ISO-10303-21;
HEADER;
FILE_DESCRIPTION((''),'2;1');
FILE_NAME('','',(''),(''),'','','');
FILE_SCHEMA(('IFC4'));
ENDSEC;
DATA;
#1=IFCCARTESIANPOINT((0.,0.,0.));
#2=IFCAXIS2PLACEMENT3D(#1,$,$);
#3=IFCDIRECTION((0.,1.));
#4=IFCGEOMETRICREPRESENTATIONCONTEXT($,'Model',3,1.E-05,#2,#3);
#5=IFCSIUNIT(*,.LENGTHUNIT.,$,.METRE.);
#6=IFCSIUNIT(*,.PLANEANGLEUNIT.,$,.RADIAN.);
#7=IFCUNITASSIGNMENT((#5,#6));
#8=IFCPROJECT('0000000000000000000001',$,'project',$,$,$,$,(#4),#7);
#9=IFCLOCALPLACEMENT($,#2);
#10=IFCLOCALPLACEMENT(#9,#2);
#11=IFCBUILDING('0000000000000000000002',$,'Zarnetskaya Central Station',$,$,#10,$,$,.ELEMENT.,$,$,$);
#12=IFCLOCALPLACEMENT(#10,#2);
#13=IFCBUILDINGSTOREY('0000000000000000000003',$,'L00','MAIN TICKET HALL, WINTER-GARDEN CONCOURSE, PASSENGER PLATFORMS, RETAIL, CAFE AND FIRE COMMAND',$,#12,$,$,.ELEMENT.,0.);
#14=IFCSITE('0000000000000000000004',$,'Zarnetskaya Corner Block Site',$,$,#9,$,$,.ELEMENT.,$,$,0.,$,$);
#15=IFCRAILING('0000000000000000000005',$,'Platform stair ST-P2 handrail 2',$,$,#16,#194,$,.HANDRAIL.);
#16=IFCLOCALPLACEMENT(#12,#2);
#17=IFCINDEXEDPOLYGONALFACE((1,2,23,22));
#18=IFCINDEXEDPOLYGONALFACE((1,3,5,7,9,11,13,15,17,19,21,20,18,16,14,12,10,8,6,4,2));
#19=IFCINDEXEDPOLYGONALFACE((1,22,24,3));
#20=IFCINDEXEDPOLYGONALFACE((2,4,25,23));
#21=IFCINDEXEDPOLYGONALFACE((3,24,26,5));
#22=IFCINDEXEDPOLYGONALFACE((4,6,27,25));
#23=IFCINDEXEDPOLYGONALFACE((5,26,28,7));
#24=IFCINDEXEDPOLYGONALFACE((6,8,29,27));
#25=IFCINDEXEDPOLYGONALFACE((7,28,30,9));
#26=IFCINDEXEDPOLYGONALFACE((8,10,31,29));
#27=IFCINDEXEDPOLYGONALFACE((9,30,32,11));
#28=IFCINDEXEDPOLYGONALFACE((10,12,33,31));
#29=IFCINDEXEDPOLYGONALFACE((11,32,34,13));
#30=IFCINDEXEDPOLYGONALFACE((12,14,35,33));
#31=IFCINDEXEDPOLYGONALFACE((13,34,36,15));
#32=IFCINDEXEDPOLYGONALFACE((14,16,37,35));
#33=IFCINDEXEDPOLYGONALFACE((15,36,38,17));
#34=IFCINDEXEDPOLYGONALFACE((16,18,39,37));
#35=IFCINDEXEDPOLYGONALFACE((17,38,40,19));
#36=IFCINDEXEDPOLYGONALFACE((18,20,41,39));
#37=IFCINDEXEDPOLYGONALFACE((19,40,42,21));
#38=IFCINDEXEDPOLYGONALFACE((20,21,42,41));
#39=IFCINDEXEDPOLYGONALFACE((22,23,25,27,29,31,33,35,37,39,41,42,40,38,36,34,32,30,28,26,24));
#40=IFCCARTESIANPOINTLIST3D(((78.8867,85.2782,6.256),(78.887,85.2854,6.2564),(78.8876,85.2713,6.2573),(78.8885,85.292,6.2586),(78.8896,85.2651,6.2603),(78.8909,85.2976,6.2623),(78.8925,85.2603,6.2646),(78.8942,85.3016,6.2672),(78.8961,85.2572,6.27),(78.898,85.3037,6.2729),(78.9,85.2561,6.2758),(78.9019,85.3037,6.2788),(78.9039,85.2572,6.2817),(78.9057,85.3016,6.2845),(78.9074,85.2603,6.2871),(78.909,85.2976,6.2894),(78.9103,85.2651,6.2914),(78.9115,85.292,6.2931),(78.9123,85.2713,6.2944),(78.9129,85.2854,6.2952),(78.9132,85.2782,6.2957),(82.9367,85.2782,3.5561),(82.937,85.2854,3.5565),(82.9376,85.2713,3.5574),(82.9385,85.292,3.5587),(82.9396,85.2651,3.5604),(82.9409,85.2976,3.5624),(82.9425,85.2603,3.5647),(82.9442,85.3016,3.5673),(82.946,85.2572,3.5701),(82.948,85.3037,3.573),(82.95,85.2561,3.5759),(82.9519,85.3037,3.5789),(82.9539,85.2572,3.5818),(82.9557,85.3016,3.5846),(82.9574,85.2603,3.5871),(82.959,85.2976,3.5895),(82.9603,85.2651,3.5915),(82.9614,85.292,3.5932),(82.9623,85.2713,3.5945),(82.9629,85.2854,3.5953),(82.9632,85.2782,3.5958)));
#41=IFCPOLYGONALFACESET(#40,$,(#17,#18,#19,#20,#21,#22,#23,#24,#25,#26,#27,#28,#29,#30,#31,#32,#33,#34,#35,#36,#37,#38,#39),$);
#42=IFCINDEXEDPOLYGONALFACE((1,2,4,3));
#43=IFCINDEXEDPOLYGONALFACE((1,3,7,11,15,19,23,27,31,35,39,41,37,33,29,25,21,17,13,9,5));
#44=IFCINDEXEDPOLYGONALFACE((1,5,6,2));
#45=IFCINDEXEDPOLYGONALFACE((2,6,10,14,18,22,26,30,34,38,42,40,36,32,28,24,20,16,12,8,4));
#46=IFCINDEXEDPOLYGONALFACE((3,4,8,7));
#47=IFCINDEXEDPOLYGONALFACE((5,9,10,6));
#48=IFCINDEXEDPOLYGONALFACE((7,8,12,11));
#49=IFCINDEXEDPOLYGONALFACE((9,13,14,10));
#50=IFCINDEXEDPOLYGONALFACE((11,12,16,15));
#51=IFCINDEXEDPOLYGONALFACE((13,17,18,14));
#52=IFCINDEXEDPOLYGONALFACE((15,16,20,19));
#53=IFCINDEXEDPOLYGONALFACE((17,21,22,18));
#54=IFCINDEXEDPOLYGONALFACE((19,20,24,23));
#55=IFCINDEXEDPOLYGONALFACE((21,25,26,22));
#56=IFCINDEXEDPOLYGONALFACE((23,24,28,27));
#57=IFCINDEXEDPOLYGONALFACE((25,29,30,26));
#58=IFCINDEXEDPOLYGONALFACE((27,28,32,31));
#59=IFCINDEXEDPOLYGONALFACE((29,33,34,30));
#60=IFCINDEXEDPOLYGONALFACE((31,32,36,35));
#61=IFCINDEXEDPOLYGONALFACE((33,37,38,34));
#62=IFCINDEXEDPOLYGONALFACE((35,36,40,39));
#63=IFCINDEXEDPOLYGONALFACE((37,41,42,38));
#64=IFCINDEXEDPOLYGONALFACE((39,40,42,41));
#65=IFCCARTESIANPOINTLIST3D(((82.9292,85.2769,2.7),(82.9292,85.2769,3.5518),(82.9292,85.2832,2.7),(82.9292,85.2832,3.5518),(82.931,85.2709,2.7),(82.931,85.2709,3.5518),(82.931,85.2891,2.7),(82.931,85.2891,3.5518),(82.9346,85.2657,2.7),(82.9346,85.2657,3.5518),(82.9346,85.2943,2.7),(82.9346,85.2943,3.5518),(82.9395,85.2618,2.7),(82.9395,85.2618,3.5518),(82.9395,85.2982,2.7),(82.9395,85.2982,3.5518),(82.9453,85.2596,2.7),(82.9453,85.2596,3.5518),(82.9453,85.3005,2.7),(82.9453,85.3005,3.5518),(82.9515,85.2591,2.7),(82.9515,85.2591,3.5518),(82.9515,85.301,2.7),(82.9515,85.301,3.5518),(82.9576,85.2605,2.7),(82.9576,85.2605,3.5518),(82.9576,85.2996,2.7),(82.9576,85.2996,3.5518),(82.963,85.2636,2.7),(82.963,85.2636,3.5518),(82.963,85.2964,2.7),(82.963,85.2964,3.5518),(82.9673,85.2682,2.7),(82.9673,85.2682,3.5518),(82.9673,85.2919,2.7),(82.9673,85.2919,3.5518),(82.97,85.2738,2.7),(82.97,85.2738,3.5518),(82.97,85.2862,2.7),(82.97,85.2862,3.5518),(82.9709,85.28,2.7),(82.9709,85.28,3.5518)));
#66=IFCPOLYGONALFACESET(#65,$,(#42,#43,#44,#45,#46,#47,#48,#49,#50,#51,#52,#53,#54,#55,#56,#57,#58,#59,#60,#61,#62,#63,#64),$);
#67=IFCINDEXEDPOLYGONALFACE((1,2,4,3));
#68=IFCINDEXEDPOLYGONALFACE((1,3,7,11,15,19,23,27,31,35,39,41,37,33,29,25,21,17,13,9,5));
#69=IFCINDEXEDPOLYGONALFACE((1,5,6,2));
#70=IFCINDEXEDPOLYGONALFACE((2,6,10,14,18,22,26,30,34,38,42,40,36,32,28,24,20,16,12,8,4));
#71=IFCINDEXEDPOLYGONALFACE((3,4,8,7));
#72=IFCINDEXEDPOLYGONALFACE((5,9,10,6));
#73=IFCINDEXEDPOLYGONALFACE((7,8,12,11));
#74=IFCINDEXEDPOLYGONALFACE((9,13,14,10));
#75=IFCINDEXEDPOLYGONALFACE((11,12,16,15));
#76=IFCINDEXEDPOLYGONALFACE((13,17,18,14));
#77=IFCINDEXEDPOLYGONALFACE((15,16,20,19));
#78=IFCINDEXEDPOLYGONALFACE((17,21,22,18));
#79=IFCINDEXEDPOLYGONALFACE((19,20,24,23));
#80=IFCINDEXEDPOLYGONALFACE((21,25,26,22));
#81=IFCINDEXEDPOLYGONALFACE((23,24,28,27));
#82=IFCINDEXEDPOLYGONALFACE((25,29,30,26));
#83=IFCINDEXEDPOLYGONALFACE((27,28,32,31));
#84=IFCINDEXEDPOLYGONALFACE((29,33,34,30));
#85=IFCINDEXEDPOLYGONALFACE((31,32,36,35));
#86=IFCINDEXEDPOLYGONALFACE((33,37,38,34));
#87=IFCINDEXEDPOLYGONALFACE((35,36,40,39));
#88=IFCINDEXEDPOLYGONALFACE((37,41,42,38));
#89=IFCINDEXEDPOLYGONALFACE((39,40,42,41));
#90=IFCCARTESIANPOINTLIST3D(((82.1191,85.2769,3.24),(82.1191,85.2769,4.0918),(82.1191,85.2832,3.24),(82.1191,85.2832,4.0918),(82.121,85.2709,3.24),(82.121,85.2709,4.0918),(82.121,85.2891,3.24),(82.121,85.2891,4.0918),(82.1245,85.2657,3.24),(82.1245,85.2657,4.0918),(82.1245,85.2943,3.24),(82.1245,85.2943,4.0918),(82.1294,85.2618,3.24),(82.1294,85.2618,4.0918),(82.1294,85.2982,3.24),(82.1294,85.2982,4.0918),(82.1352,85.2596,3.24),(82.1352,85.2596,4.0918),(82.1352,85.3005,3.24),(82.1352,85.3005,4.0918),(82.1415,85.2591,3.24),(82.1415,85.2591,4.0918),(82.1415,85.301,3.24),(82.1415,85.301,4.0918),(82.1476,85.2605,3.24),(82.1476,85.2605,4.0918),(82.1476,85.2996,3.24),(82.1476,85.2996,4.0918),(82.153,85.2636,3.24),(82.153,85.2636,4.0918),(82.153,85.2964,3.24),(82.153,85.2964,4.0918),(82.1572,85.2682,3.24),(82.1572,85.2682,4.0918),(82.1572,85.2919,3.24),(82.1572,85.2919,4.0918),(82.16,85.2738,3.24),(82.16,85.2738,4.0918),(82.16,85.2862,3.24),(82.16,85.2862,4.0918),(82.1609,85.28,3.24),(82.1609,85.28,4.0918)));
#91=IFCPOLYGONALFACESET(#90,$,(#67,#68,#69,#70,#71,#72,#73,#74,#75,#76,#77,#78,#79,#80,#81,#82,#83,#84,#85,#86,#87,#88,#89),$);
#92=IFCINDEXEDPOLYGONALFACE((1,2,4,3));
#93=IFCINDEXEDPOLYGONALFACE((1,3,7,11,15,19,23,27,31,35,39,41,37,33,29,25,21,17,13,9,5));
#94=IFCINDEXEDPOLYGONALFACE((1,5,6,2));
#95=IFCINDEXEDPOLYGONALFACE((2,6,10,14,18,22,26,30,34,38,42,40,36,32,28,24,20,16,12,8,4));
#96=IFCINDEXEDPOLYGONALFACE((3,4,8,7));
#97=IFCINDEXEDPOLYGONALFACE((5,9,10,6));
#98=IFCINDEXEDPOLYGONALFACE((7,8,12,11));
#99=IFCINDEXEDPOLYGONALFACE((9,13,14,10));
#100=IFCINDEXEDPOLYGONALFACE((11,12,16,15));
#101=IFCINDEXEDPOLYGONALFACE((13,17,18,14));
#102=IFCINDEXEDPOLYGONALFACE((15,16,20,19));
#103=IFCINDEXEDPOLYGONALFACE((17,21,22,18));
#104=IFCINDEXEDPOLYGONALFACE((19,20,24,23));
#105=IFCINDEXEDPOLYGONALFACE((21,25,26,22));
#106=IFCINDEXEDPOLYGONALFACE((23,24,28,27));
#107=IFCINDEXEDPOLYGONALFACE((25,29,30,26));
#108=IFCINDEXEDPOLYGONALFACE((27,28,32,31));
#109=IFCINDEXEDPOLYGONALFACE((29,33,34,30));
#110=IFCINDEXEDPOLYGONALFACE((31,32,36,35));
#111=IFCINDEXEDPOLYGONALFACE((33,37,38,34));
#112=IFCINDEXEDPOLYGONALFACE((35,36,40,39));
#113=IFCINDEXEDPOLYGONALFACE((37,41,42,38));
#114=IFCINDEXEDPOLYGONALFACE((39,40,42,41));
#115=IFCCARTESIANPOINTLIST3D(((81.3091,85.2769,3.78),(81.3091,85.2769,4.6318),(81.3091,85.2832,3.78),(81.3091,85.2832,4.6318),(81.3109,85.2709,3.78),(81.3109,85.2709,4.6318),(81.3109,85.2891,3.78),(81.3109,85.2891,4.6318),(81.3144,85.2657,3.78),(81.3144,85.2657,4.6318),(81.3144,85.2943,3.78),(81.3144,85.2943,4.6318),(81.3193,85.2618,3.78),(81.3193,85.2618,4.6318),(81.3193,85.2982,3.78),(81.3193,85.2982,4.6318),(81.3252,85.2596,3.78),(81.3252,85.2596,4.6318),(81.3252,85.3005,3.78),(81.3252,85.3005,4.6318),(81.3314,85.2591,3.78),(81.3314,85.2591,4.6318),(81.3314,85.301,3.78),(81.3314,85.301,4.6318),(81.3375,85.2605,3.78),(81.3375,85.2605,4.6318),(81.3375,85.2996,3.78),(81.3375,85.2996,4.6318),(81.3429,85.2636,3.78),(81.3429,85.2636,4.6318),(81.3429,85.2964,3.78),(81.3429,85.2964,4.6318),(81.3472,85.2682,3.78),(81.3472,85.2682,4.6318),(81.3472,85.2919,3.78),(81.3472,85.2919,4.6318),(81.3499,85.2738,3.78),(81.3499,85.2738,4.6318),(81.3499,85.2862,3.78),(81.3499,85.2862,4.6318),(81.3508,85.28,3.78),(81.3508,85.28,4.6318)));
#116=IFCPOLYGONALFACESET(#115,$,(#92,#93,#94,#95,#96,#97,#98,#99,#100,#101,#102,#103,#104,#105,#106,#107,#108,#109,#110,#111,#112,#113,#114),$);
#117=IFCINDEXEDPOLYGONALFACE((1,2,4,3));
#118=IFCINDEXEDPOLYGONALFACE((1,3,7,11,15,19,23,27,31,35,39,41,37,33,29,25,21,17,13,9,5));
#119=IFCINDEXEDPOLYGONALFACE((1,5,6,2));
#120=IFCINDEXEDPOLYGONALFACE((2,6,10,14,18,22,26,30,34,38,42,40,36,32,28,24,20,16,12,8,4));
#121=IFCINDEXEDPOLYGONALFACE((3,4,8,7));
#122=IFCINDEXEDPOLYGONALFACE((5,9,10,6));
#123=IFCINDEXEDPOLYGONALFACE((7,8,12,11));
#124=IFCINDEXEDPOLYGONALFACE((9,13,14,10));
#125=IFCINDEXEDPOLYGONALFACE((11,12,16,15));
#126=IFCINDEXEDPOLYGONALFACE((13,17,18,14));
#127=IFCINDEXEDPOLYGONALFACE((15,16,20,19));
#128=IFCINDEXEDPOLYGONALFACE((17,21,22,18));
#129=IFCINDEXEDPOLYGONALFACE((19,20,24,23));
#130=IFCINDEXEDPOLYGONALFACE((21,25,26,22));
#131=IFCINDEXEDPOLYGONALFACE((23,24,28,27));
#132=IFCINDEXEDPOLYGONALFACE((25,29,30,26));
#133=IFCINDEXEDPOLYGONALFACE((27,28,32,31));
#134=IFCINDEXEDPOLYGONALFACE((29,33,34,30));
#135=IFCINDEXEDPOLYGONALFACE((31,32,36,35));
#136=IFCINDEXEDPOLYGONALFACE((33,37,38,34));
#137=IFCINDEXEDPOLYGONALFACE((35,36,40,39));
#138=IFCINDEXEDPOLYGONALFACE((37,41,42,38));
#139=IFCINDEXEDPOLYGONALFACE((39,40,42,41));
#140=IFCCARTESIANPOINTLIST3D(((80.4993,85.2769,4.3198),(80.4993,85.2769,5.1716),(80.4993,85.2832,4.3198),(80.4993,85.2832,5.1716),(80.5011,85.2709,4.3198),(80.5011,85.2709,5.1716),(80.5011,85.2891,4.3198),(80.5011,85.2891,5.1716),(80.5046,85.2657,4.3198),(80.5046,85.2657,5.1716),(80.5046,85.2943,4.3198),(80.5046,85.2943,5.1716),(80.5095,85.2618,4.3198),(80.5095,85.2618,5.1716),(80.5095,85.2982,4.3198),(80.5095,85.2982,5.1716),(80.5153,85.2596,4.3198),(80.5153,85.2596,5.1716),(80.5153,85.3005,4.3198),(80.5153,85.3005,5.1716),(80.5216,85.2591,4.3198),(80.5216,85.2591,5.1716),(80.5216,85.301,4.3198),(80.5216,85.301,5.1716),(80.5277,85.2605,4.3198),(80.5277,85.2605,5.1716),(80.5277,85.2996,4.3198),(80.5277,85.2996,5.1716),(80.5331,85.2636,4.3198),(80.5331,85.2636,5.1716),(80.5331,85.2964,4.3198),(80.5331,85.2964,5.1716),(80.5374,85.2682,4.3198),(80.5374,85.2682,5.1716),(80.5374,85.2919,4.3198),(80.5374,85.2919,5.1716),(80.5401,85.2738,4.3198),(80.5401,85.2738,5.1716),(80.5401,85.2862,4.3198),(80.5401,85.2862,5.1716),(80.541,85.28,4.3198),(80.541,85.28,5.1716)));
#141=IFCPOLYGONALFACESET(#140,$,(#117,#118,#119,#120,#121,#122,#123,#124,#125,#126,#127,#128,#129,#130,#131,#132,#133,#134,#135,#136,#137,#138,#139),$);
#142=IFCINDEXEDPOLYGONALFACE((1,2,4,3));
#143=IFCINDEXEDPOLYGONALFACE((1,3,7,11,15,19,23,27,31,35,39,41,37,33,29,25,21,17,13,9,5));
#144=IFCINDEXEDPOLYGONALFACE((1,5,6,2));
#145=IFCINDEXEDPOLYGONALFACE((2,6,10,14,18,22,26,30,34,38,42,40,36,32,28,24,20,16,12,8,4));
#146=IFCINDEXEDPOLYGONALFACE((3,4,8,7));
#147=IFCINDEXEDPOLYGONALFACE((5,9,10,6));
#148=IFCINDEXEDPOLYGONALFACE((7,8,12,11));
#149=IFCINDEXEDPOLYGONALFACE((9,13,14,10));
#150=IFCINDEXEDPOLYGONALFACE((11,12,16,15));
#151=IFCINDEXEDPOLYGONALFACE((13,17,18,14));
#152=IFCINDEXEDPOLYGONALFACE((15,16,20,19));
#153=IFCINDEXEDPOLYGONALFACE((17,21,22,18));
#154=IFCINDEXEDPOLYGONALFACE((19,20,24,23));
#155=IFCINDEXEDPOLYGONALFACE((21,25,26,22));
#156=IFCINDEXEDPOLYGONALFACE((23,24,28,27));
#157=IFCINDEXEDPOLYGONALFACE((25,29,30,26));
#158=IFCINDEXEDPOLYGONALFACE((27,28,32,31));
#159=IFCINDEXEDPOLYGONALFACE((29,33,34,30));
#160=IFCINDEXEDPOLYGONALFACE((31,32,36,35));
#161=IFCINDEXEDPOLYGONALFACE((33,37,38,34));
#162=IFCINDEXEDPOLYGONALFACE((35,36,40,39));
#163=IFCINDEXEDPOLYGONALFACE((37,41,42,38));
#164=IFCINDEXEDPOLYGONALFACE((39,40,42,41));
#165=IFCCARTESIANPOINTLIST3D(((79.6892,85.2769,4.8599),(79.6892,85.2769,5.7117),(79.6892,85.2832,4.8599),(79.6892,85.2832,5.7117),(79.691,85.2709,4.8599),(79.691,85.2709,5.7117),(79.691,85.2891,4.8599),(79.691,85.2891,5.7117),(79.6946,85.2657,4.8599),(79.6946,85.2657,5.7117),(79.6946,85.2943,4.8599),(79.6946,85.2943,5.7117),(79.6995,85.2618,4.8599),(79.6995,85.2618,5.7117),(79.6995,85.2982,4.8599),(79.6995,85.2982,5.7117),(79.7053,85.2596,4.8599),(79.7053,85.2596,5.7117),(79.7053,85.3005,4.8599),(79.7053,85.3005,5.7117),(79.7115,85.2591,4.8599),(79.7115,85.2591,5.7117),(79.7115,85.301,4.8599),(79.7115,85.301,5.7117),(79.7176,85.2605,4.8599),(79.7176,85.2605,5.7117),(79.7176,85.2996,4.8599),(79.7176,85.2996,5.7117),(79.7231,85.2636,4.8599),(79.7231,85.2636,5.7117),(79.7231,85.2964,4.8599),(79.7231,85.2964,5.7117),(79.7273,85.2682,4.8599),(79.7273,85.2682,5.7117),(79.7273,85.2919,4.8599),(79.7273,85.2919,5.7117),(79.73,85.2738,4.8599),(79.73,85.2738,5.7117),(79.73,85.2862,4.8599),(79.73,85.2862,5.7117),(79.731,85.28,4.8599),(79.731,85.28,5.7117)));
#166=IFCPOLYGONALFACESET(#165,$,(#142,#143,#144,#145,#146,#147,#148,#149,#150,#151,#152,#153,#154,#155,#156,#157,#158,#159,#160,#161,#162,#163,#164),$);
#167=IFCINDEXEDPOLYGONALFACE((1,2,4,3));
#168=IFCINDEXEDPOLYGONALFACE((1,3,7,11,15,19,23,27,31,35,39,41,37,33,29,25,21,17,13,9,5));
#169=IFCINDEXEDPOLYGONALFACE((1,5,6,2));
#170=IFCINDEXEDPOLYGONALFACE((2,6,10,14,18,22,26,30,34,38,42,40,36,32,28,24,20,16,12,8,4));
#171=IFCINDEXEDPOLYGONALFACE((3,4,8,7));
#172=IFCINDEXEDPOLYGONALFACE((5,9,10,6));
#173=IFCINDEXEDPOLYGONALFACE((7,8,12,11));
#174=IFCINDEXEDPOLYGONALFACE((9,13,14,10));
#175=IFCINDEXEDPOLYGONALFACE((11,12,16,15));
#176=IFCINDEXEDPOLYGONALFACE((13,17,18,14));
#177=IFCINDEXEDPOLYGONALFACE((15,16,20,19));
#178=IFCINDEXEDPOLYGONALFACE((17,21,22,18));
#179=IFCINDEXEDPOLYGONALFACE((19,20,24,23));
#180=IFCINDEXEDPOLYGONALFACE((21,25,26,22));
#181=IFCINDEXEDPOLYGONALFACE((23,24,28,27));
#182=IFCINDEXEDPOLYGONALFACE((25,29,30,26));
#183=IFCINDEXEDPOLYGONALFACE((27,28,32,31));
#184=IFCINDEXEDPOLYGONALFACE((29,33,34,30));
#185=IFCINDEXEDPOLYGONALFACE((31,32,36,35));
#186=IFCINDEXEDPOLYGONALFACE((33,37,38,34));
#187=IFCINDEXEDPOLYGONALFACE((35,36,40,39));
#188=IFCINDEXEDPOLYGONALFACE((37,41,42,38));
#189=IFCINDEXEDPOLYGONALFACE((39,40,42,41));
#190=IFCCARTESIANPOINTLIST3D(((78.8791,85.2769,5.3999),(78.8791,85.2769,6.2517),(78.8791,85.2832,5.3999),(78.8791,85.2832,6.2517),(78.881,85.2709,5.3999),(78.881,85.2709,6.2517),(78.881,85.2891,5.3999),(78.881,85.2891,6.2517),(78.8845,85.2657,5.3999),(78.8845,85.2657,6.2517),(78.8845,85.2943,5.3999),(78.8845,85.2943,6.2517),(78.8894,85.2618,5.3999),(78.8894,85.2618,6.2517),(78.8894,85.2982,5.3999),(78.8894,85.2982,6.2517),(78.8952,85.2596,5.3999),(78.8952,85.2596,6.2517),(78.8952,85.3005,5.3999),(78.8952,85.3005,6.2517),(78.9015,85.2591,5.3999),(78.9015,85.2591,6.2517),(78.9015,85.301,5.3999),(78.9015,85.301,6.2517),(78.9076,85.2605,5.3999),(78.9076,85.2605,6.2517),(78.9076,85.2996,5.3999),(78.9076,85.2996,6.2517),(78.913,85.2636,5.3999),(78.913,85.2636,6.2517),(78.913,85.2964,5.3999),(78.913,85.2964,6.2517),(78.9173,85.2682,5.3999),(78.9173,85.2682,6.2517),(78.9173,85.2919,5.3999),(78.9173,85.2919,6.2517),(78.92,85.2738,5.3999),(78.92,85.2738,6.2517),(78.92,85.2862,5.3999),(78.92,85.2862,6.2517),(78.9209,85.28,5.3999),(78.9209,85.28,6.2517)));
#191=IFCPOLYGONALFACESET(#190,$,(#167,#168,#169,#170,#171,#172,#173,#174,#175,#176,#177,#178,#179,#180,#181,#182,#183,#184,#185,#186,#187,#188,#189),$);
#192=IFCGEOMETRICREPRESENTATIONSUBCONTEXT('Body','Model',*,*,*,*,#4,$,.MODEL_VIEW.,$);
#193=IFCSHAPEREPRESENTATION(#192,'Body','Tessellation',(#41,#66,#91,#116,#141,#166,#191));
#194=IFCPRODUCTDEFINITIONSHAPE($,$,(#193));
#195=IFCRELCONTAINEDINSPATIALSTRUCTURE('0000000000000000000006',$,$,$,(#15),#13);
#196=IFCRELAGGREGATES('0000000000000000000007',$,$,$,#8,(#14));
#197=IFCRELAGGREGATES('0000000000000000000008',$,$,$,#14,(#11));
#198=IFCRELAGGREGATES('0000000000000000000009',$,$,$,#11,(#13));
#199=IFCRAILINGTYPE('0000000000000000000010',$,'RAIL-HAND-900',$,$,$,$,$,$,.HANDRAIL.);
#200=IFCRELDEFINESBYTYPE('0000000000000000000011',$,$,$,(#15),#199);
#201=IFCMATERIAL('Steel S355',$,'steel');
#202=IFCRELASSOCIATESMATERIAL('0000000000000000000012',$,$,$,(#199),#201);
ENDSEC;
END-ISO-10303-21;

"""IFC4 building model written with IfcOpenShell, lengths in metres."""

from ifc_helpers import new_model, si_unit, direction, frame, origin, origin_2d, place, context, subcontext, project, spatial, circle, extrude, material, type_object, element, save


model = new_model("IFC4")

# Units and contexts
model_context = context("Model", 3, precision=1e-05, world=origin(), true_north=direction((0.0, 1.0)))
body_context = subcontext(model_context, "Body", "Model", "MODEL_VIEW")
ifc_project = project(units=[si_unit("LENGTHUNIT", "METRE"), si_unit("PLANEANGLEUNIT", "RADIAN")], contexts=[model_context])

# Site, building, storey
site_placement = place(None, origin())
site = spatial("IfcSite", under=ifc_project, at=site_placement, Name="Zarnetskaya Corner Block Site", CompositionType="ELEMENT", RefElevation=0.0)
building_placement = place(site_placement, origin())
building = spatial("IfcBuilding", under=site, at=building_placement, Name="Zarnetskaya Central Station", CompositionType="ELEMENT")
storey_placement = place(building_placement, origin())
storey = spatial("IfcBuildingStorey", under=building, at=storey_placement, Name="L00", Description="MAIN TICKET HALL, WINTER-GARDEN CONCOURSE, PASSENGER PLATFORMS, RETAIL, CAFE AND FIRE COMMAND", CompositionType="ELEMENT", Elevation=0.0)

# Shared definitions
ifc_material_1 = material(Name="Steel S355", Category="steel")

# Railing
railing_type_1 = type_object("IfcRailingType", Name="RAIL-HAND-900", PredefinedType="HANDRAIL", material=ifc_material_1)
railing_1_placement = place(storey_placement, frame((82.95, 85.28, 2.7)))
element("IfcRailing", 1, at=railing_1_placement, inside=storey, type_object=railing_type_1, Name="Platform stair ST-P2 handrail 2", PredefinedType="HANDRAIL", context=body_context, shape_type="SweptSolid", body=[
    extrude(circle(Radius=0.0239, at=origin_2d()), frame((0.0, 0.0, 0.876), z_axis=(-0.832058, 0.0, 0.554689), x_axis=(0.0, -1.0, 0.0)), (0.0, 0.0, 1.0), 4.8674),
    extrude(circle(Radius=0.021, at=origin_2d()), origin(), (0.0, 0.0, 1.0), 0.8518),
    extrude(circle(Radius=0.021, at=origin_2d()), frame((-0.8101, 0.0, 0.54)), (0.0, 0.0, 1.0), 0.8518),
    extrude(circle(Radius=0.021, at=origin_2d()), frame((-1.6201, 0.0, 1.0801)), (0.0, 0.0, 1.0), 0.8518),
    extrude(circle(Radius=0.021, at=origin_2d()), frame((-2.4299, 0.0, 1.6199)), (0.0, 0.0, 1.0), 0.8518),
    extrude(circle(Radius=0.021, at=origin_2d()), frame((-3.24, 0.0, 2.1599)), (0.0, 0.0, 1.0), 0.8518),
    extrude(circle(Radius=0.021, at=origin_2d()), frame((-4.05, 0.0, 2.7)), (0.0, 0.0, 1.0), 0.8518),
])

save(model, "model.ifc")
